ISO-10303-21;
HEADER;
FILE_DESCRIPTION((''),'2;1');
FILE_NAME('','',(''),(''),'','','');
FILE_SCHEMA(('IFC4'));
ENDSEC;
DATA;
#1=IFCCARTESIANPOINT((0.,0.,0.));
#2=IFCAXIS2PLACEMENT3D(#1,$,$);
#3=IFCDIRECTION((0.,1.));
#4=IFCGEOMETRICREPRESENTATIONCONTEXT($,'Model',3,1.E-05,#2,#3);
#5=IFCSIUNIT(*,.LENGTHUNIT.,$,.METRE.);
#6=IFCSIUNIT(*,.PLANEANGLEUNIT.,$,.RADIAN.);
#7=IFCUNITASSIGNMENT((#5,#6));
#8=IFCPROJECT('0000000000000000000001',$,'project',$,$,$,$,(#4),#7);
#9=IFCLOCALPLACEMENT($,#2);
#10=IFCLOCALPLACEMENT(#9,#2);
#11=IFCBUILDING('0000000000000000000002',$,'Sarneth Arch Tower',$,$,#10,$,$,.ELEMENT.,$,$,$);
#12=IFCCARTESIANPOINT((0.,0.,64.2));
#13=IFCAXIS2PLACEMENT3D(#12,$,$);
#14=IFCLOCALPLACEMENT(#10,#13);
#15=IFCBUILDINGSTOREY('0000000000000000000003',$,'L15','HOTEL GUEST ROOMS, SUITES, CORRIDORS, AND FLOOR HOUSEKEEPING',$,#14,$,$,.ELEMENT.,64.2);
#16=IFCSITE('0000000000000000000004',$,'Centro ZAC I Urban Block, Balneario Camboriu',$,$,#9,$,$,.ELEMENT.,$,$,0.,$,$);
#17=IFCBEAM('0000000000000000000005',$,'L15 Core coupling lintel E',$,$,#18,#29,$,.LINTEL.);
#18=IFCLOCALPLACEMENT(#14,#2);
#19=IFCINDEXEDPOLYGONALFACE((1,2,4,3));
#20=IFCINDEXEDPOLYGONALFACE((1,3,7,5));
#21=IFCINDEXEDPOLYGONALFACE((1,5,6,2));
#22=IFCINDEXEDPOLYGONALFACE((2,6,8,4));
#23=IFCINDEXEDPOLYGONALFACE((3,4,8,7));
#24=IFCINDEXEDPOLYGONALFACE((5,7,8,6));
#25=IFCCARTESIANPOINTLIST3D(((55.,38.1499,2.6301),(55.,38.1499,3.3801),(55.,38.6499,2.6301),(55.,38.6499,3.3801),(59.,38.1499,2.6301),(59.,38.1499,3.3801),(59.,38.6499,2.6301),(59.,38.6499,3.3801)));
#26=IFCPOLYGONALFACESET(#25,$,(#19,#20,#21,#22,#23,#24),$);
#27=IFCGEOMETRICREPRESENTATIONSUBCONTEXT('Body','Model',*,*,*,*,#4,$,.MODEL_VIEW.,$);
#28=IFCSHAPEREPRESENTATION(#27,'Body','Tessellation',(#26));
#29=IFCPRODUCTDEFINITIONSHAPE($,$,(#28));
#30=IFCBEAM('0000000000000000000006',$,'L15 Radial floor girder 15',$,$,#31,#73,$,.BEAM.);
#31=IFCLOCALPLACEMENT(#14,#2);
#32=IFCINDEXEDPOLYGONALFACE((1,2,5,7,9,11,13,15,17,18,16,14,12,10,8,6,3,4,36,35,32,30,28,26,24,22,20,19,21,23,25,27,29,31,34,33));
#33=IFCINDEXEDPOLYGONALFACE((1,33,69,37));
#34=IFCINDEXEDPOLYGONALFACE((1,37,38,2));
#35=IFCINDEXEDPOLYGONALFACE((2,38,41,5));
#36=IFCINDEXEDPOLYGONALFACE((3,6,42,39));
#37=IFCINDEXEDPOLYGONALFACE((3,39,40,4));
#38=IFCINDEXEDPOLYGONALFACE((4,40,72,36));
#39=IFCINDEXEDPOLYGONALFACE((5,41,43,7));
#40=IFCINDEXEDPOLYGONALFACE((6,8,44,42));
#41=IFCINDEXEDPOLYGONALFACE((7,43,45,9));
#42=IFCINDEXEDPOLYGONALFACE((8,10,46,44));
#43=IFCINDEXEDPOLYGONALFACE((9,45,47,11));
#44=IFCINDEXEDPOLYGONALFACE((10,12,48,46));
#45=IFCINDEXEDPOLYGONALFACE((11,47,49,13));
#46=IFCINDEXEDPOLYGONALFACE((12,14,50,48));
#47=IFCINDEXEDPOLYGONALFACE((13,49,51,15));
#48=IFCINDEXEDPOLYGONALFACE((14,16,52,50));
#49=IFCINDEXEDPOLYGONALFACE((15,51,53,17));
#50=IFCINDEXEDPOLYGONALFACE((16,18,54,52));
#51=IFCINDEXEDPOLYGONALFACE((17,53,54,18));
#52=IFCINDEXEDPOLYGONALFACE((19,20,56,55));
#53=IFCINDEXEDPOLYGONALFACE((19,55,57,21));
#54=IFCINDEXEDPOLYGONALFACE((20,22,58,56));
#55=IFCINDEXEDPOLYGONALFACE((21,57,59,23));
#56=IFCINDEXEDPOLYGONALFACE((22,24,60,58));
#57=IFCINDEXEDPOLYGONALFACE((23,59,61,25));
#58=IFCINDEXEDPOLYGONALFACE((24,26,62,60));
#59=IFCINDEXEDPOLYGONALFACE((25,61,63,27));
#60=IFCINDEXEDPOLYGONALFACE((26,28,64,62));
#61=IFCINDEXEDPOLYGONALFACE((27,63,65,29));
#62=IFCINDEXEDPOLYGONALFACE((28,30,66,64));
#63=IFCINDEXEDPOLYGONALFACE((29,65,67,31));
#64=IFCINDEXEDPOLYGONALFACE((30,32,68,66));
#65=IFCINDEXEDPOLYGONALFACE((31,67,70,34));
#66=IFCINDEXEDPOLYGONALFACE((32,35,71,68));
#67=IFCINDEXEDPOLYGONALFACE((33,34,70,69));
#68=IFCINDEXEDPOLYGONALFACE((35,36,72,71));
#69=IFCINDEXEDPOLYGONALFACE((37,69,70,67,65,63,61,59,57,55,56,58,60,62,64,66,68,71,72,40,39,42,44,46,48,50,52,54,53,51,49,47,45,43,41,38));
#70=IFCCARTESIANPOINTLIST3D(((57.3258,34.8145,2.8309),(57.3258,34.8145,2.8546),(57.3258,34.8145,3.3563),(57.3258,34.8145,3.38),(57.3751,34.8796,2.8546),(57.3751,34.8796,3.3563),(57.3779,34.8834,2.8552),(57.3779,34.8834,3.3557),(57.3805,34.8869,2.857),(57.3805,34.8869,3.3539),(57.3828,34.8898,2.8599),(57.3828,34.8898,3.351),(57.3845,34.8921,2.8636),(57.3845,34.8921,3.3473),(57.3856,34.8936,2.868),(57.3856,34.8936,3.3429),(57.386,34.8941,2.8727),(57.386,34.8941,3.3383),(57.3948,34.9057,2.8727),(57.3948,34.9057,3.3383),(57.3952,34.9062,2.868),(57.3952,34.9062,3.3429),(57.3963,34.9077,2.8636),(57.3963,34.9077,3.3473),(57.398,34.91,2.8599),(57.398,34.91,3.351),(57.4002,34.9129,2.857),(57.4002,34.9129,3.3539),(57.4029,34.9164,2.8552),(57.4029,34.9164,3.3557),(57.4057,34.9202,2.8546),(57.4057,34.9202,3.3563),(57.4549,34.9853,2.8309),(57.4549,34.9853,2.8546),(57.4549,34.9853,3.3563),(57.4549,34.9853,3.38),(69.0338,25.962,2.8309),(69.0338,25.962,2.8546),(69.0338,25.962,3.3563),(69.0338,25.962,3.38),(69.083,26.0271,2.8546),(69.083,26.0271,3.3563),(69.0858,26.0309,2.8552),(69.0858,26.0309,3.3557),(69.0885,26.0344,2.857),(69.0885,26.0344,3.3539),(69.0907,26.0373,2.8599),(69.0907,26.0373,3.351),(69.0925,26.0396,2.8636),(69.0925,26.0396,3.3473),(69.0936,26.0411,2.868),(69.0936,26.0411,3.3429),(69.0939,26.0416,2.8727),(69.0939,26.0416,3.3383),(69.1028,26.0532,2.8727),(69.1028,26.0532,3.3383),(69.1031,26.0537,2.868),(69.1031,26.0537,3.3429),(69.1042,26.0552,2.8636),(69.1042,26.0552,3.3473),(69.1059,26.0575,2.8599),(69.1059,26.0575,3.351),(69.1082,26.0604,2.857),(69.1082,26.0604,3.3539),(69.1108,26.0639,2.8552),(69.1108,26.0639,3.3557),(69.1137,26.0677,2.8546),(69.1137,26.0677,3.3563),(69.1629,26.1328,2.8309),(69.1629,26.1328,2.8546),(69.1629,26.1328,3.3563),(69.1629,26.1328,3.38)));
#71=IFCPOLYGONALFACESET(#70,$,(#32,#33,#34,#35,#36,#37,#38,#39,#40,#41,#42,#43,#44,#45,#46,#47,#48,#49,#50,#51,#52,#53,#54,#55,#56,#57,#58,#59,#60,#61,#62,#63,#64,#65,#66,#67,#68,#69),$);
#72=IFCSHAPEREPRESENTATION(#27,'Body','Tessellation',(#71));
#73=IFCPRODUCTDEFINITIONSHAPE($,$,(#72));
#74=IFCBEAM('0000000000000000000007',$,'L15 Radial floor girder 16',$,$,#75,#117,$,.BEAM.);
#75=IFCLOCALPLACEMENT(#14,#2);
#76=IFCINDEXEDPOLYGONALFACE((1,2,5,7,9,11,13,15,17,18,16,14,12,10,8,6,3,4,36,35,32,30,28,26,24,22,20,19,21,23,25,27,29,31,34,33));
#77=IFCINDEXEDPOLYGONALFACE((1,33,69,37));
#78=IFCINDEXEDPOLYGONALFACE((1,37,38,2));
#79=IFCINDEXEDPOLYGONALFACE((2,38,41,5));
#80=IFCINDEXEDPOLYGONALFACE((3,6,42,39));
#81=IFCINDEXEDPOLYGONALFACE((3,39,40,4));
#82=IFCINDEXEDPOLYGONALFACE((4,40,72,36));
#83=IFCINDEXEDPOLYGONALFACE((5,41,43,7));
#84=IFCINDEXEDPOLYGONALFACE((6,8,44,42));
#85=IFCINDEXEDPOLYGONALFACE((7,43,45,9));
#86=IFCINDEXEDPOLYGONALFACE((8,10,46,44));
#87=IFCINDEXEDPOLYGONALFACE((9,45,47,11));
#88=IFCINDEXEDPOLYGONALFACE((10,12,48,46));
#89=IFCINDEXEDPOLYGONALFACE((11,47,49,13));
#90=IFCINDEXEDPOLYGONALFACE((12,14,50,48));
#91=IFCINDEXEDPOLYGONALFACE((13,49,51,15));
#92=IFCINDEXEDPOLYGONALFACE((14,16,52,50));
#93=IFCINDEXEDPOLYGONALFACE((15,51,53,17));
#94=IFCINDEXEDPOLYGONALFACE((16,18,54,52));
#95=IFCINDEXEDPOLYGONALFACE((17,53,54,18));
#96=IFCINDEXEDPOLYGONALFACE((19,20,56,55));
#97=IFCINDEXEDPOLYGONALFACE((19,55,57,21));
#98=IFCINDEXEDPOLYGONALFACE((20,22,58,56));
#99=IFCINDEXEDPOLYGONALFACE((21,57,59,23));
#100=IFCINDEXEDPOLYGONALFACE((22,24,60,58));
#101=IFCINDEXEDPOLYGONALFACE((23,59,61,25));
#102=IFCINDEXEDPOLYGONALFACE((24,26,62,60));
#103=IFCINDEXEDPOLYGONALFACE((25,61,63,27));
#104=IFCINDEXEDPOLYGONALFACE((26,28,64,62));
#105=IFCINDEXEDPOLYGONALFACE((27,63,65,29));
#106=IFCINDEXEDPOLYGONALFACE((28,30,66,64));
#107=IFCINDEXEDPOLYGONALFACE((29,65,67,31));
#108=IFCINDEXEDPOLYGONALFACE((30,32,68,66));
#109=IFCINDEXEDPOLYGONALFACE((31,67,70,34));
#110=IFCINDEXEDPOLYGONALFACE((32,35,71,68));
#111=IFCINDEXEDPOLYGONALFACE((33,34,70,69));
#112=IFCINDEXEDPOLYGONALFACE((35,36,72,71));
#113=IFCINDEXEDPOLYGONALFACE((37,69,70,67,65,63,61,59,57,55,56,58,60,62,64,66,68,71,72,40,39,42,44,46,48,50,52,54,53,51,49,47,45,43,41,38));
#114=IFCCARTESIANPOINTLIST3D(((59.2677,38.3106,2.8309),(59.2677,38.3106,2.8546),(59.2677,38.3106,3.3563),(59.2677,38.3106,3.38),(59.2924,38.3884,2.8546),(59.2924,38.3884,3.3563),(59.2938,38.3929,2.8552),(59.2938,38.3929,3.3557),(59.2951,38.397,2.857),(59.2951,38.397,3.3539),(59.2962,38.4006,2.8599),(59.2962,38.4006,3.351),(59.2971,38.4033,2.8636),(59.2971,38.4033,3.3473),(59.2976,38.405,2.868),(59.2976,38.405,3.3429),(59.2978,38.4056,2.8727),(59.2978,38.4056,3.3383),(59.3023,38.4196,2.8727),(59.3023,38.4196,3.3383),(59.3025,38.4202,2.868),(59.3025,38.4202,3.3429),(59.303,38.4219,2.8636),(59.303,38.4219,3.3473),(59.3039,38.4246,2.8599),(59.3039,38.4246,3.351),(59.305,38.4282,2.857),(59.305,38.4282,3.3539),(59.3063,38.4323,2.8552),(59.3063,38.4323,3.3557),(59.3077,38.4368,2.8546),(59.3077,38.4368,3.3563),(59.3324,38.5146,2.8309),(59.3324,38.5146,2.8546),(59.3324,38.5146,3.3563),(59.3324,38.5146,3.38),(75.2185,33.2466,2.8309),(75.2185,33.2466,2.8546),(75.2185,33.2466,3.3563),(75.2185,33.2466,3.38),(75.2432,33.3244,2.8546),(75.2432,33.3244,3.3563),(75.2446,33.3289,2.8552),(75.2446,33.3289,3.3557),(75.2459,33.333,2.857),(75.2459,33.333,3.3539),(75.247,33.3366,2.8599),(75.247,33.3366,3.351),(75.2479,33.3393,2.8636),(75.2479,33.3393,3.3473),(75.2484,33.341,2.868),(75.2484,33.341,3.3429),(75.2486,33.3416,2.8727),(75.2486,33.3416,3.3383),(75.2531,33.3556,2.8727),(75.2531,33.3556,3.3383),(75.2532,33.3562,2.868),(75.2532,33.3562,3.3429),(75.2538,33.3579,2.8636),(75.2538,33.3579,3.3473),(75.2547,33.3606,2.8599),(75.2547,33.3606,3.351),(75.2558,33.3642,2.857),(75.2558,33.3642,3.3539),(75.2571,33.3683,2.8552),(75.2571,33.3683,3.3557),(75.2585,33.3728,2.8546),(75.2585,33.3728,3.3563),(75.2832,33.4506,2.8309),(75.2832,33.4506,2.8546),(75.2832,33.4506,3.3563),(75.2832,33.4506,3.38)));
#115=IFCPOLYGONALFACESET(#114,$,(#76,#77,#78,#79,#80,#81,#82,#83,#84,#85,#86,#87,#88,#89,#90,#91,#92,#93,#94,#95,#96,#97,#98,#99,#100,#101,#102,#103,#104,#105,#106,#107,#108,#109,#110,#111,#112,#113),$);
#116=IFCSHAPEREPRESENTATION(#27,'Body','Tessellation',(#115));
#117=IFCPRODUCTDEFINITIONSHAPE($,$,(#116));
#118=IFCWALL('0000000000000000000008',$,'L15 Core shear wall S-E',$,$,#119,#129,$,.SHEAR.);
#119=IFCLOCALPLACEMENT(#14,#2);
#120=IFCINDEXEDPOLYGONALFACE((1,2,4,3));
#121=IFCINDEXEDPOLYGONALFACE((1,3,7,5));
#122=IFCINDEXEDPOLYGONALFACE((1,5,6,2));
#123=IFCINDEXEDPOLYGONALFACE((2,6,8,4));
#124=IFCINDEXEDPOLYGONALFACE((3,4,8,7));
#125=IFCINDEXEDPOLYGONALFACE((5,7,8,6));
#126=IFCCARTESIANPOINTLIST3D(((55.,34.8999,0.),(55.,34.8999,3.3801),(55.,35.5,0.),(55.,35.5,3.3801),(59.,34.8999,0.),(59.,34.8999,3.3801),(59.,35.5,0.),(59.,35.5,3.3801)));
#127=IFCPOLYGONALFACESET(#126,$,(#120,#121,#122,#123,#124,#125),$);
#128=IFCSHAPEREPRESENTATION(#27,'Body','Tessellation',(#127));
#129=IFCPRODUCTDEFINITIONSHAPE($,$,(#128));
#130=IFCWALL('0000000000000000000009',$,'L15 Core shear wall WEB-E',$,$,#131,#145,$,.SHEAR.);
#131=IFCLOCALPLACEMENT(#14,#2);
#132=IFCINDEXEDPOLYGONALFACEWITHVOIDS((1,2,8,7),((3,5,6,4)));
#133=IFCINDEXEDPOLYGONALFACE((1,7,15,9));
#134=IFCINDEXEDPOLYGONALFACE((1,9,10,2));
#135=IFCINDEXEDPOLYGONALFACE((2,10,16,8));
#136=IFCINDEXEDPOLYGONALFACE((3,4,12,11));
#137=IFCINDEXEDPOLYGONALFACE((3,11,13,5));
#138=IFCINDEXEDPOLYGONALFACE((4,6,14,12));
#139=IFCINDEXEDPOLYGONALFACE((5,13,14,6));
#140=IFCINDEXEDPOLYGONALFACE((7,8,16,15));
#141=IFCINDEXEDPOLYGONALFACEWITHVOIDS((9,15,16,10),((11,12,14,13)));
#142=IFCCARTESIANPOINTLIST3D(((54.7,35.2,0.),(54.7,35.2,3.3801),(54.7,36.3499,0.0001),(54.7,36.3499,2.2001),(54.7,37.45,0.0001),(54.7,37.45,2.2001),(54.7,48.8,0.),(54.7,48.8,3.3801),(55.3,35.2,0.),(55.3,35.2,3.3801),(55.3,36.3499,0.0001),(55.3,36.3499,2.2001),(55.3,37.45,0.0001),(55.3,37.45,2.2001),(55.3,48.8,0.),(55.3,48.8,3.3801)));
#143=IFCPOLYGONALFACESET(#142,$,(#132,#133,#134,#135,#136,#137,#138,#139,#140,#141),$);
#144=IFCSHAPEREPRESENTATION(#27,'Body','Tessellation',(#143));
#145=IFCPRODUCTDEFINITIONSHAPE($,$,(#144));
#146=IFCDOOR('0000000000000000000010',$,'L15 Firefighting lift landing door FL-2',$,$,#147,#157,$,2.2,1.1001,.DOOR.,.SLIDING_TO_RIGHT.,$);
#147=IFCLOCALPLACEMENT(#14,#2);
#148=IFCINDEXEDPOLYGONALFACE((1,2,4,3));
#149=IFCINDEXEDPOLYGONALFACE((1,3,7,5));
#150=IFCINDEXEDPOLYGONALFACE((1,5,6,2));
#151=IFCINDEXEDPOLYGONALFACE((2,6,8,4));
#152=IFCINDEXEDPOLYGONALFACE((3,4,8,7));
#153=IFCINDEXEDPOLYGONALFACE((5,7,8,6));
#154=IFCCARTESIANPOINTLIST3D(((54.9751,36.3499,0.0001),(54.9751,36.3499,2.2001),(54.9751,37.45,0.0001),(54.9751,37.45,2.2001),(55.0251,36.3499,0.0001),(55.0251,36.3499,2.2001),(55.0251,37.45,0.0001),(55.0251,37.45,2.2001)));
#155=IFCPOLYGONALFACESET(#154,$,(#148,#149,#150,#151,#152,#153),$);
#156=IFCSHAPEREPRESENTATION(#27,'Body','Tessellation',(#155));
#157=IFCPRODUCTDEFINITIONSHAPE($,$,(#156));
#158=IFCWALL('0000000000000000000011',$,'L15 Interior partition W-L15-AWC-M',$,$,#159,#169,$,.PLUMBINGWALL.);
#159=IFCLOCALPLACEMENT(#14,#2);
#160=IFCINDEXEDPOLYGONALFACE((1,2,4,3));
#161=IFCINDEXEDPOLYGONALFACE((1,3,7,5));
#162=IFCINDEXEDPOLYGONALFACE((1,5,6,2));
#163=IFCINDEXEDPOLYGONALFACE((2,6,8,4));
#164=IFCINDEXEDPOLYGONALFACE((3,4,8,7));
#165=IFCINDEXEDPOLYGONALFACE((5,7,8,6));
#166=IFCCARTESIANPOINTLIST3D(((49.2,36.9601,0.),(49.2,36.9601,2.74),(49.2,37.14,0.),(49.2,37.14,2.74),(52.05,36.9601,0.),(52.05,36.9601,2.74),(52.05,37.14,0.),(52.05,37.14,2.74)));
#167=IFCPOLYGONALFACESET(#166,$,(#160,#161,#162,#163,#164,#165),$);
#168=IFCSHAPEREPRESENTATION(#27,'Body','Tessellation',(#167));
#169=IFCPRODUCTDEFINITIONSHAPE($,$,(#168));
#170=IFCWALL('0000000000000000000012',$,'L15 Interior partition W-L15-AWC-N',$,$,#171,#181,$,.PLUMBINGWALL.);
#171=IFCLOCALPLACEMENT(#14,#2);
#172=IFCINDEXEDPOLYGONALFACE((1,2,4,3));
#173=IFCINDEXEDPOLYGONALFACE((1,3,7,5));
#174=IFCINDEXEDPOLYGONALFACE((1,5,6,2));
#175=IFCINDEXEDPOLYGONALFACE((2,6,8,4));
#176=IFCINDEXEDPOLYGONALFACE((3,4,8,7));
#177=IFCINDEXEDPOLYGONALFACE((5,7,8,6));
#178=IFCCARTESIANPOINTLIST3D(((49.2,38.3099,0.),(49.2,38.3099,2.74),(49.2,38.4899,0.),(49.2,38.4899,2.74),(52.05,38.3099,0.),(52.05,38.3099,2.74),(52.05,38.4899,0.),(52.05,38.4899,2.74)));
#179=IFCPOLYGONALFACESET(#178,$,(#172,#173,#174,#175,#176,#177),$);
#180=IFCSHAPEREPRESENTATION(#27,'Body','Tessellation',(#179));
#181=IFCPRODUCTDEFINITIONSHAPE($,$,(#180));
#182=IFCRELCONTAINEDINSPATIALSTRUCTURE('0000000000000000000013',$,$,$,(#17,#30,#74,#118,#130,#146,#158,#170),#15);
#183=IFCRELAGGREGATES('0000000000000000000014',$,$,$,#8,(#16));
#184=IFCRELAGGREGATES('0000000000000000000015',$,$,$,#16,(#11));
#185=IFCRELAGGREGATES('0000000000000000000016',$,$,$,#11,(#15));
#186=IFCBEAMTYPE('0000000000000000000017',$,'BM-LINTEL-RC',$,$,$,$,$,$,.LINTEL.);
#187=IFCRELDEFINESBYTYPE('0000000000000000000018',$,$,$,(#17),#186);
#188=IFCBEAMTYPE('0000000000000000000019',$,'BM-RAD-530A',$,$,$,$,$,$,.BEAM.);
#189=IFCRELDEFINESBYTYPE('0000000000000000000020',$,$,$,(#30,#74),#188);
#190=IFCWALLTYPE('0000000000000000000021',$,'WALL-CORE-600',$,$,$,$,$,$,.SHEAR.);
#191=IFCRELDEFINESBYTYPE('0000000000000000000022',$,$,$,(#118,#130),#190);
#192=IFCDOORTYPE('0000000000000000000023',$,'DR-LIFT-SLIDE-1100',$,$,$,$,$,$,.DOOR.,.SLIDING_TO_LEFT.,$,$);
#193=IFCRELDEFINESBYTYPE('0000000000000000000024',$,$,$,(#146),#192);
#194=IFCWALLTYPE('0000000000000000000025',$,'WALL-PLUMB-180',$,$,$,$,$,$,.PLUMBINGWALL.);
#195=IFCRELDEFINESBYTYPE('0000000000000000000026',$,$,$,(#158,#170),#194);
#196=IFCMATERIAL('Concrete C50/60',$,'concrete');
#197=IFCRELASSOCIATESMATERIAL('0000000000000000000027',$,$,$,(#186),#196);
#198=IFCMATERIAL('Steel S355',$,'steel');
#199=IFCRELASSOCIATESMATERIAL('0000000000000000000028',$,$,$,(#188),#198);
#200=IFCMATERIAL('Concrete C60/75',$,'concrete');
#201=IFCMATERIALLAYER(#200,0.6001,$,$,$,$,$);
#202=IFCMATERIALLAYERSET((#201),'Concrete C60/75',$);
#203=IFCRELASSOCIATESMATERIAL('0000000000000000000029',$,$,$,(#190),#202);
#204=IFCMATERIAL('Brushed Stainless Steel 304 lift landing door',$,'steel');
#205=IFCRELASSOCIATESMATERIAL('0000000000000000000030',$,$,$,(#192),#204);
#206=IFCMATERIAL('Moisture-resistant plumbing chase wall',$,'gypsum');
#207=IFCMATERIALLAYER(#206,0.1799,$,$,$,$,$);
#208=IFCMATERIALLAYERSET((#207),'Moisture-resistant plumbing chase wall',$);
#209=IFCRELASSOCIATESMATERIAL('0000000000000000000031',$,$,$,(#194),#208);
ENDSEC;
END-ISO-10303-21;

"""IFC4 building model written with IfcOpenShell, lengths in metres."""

from ifc_helpers import new_model, si_unit, direction, frame, frame_2d, origin, origin_2d, place, context, subcontext, project, spatial, rectangle, i_section, extrude, material, layer, layer_set, material_profile, profile_set, type_object, element, fill, save


model = new_model("IFC4")

# Units and contexts
model_context = context("Model", 3, precision=1e-05, world=origin(), true_north=direction((0.0, 1.0)))
body_context = subcontext(model_context, "Body", "Model", "MODEL_VIEW")
ifc_project = project(units=[si_unit("LENGTHUNIT", "METRE"), si_unit("PLANEANGLEUNIT", "RADIAN")], contexts=[model_context])

# Site, building, storey
site_placement = place(None, origin())
site = spatial("IfcSite", under=ifc_project, at=site_placement, Name="Centro ZAC I Urban Block, Balneario Camboriu", CompositionType="ELEMENT", RefElevation=0.0)
building_placement = place(site_placement, origin())
building = spatial("IfcBuilding", under=site, at=building_placement, Name="Sarneth Arch Tower", CompositionType="ELEMENT")
storey_placement = place(building_placement, frame((0.0, 0.0, 64.2)))
storey = spatial("IfcBuildingStorey", under=building, at=storey_placement, Name="L15", Description="HOTEL GUEST ROOMS, SUITES, CORRIDORS, AND FLOOR HOUSEKEEPING", CompositionType="ELEMENT", Elevation=64.2)

# Beams
ifc_material_1 = material(Name="Concrete C50/60", Category="concrete")
ifc_material_profile_1 = material_profile(ifc_material_1, rectangle(XDim=0.5, YDim=0.75, at=origin_2d()), Name="RC-500x750")
ifc_profile_set_1 = profile_set([ifc_material_profile_1], Name="Concrete C50/60")
beam_type_1 = type_object("IfcBeamType", Name="BM-LINTEL-RC", PredefinedType="LINTEL", material=ifc_profile_set_1)
beam_1_placement = place(storey_placement, frame((55.0, 38.3999, 3.0051), z_axis=(1.0, 0.0, 0.0), x_axis=(0.0, 1.0, 0.0)))
element("IfcBeam", 1, at=beam_1_placement, inside=storey, type_object=beam_type_1, Name="L15 Core coupling lintel E", PredefinedType="LINTEL", context=body_context, shape_type="SweptSolid", body=[
    extrude(rectangle(XDim=0.5, YDim=0.75, at=origin_2d()), origin(), (0.0, 0.0, 1.0), 4.0),
])
ifc_material_2 = material(Name="Steel S355", Category="steel")
ifc_material_profile_2 = material_profile(ifc_material_2, i_section(OverallWidth=0.2141, OverallDepth=0.5491, WebThickness=0.0146, FlangeThickness=0.0237, FilletRadius=0.0181, at=origin_2d()), Name="W530x138")
ifc_profile_set_2 = profile_set([ifc_material_profile_2], Name="Steel S355")
beam_type_2 = type_object("IfcBeamType", Name="BM-RAD-530A", PredefinedType="BEAM", material=ifc_profile_set_2)
beam_2_placement = place(storey_placement, frame((57.3904, 34.8999, 3.1055), z_axis=(0.797655, -0.603114, 0.0), x_axis=(0.603114, 0.797655, 0.0)))
element("IfcBeam", 2, at=beam_2_placement, inside=storey, type_object=beam_type_2, Name="L15 Radial floor girder 15", PredefinedType="BEAM", context=body_context, shape_type="SweptSolid", body=[
    extrude(i_section(OverallWidth=0.2141, OverallDepth=0.5491, WebThickness=0.0146, FlangeThickness=0.0237, FilletRadius=0.0181, at=origin_2d()), origin(), (0.0, 0.0, 1.0), 14.678),
])
beam_3_placement = place(storey_placement, frame((59.3, 38.4126, 3.1055), z_axis=(0.95312, -0.302593, 0.0), x_axis=(0.302593, 0.95312, 0.0)))
element("IfcBeam", 3, at=beam_3_placement, inside=storey, type_object=beam_type_2, Name="L15 Radial floor girder 16", PredefinedType="BEAM", context=body_context, shape_type="SweptSolid", body=[
    extrude(i_section(OverallWidth=0.2141, OverallDepth=0.5491, WebThickness=0.0146, FlangeThickness=0.0237, FilletRadius=0.0181, at=origin_2d()), origin(), (0.0, 0.0, 1.0), 16.7354),
])

# Wall
ifc_material_3 = material(Name="Concrete C60/75", Category="concrete")
ifc_layer_1 = layer(ifc_material_3, 0.6001)
ifc_layer_set_1 = layer_set([ifc_layer_1], Name="Concrete C60/75")
wall_type_1 = type_object("IfcWallType", Name="WALL-CORE-600", PredefinedType="SHEAR", material=ifc_layer_set_1)
wall_1_placement = place(storey_placement, frame((55.0, 35.2, 0.0), z_axis=(0.0, 0.0, 1.0), x_axis=(1.0, 0.0, 0.0)))
element("IfcWall", 4, at=wall_1_placement, inside=storey, type_object=wall_type_1, Name="L15 Core shear wall S-E", PredefinedType="SHEAR", context=body_context, shape_type="SweptSolid", body=[
    extrude(rectangle(XDim=4.0, YDim=0.6001, at=frame_2d((2.0, 0.0))), origin(), (0.0, 0.0, 1.0), 3.3801),
])

# Wall, opening, door
wall_2_placement = place(storey_placement, frame((55.0, 35.2, 0.0), z_axis=(0.0, 0.0, 1.0), x_axis=(0.0, 1.0, 0.0)))
wall_2 = element("IfcWall", 5, at=wall_2_placement, inside=storey, type_object=wall_type_1, Name="L15 Core shear wall WEB-E", PredefinedType="SHEAR", context=body_context, shape_type="SweptSolid", body=[
    extrude(rectangle(XDim=13.6001, YDim=0.6001, at=frame_2d((6.8, 0.0))), origin(), (0.0, 0.0, 1.0), 3.3801),
])
opening_1_placement = place(wall_2_placement, frame((1.1499, 0.0, 0.0)))
opening_1 = element("IfcOpeningElement", 6, at=opening_1_placement, cuts=wall_2, PredefinedType="OPENING", context=body_context, shape_type="SweptSolid", body=[
    extrude(rectangle(XDim=1.1001, YDim=2.2, at=frame_2d((0.55, 1.1001))), frame((0.0, 0.3101, 0.0), z_axis=(0.0, -1.0, 0.0), x_axis=(1.0, 0.0, 0.0)), (0.0, 0.0, 1.0), 0.6201),
])
ifc_material_4 = material(Name="Brushed Stainless Steel 304 lift landing door", Category="steel")
door_type_1 = type_object("IfcDoorType", Name="DR-LIFT-SLIDE-1100", OperationType="SLIDING_TO_LEFT", PredefinedType="DOOR", material=ifc_material_4)
door_1_placement = place(opening_1_placement, origin())
door_1 = element("IfcDoor", 7, at=door_1_placement, inside=storey, type_object=door_type_1, Name="L15 Firefighting lift landing door FL-2", OperationType="SLIDING_TO_RIGHT", OverallHeight=2.2, OverallWidth=1.1001, PredefinedType="DOOR", context=body_context, shape_type="SweptSolid", body=[
    extrude(rectangle(XDim=1.1001, YDim=2.2, at=frame_2d((0.55, 1.1001))), frame((0.0, 0.0249, 0.0), z_axis=(0.0, -1.0, 0.0), x_axis=(1.0, 0.0, 0.0)), (0.0, 0.0, 1.0), 0.05),
])
fill(opening_1, door_1)

# Walls
ifc_material_5 = material(Name="Moisture-resistant plumbing chase wall", Category="gypsum")
ifc_layer_2 = layer(ifc_material_5, 0.1799)
ifc_layer_set_2 = layer_set([ifc_layer_2], Name="Moisture-resistant plumbing chase wall")
wall_type_2 = type_object("IfcWallType", Name="WALL-PLUMB-180", PredefinedType="PLUMBINGWALL", material=ifc_layer_set_2)
for number, where, z_axis, x_axis, name in (
    (8, (49.2, 37.05, 0.0), (0.0, 0.0, 1.0), (1.0, 0.0, 0.0), "L15 Interior partition W-L15-AWC-M"),
    (9, (49.2, 38.3999, 0.0), (0.0, 0.0, 1.0), (1.0, 0.0, 0.0), "L15 Interior partition W-L15-AWC-N"),
):
    element("IfcWall", number, at=place(storey_placement, frame(where, z_axis=z_axis, x_axis=x_axis)), inside=storey, type_object=wall_type_2, Name=name, PredefinedType="PLUMBINGWALL", context=body_context, shape_type="SweptSolid", body=[
        extrude(rectangle(XDim=2.8501, YDim=0.1799, at=frame_2d((1.425, 0.0))), origin(), (0.0, 0.0, 1.0), 2.74),
    ])

save(model, "model.ifc")
